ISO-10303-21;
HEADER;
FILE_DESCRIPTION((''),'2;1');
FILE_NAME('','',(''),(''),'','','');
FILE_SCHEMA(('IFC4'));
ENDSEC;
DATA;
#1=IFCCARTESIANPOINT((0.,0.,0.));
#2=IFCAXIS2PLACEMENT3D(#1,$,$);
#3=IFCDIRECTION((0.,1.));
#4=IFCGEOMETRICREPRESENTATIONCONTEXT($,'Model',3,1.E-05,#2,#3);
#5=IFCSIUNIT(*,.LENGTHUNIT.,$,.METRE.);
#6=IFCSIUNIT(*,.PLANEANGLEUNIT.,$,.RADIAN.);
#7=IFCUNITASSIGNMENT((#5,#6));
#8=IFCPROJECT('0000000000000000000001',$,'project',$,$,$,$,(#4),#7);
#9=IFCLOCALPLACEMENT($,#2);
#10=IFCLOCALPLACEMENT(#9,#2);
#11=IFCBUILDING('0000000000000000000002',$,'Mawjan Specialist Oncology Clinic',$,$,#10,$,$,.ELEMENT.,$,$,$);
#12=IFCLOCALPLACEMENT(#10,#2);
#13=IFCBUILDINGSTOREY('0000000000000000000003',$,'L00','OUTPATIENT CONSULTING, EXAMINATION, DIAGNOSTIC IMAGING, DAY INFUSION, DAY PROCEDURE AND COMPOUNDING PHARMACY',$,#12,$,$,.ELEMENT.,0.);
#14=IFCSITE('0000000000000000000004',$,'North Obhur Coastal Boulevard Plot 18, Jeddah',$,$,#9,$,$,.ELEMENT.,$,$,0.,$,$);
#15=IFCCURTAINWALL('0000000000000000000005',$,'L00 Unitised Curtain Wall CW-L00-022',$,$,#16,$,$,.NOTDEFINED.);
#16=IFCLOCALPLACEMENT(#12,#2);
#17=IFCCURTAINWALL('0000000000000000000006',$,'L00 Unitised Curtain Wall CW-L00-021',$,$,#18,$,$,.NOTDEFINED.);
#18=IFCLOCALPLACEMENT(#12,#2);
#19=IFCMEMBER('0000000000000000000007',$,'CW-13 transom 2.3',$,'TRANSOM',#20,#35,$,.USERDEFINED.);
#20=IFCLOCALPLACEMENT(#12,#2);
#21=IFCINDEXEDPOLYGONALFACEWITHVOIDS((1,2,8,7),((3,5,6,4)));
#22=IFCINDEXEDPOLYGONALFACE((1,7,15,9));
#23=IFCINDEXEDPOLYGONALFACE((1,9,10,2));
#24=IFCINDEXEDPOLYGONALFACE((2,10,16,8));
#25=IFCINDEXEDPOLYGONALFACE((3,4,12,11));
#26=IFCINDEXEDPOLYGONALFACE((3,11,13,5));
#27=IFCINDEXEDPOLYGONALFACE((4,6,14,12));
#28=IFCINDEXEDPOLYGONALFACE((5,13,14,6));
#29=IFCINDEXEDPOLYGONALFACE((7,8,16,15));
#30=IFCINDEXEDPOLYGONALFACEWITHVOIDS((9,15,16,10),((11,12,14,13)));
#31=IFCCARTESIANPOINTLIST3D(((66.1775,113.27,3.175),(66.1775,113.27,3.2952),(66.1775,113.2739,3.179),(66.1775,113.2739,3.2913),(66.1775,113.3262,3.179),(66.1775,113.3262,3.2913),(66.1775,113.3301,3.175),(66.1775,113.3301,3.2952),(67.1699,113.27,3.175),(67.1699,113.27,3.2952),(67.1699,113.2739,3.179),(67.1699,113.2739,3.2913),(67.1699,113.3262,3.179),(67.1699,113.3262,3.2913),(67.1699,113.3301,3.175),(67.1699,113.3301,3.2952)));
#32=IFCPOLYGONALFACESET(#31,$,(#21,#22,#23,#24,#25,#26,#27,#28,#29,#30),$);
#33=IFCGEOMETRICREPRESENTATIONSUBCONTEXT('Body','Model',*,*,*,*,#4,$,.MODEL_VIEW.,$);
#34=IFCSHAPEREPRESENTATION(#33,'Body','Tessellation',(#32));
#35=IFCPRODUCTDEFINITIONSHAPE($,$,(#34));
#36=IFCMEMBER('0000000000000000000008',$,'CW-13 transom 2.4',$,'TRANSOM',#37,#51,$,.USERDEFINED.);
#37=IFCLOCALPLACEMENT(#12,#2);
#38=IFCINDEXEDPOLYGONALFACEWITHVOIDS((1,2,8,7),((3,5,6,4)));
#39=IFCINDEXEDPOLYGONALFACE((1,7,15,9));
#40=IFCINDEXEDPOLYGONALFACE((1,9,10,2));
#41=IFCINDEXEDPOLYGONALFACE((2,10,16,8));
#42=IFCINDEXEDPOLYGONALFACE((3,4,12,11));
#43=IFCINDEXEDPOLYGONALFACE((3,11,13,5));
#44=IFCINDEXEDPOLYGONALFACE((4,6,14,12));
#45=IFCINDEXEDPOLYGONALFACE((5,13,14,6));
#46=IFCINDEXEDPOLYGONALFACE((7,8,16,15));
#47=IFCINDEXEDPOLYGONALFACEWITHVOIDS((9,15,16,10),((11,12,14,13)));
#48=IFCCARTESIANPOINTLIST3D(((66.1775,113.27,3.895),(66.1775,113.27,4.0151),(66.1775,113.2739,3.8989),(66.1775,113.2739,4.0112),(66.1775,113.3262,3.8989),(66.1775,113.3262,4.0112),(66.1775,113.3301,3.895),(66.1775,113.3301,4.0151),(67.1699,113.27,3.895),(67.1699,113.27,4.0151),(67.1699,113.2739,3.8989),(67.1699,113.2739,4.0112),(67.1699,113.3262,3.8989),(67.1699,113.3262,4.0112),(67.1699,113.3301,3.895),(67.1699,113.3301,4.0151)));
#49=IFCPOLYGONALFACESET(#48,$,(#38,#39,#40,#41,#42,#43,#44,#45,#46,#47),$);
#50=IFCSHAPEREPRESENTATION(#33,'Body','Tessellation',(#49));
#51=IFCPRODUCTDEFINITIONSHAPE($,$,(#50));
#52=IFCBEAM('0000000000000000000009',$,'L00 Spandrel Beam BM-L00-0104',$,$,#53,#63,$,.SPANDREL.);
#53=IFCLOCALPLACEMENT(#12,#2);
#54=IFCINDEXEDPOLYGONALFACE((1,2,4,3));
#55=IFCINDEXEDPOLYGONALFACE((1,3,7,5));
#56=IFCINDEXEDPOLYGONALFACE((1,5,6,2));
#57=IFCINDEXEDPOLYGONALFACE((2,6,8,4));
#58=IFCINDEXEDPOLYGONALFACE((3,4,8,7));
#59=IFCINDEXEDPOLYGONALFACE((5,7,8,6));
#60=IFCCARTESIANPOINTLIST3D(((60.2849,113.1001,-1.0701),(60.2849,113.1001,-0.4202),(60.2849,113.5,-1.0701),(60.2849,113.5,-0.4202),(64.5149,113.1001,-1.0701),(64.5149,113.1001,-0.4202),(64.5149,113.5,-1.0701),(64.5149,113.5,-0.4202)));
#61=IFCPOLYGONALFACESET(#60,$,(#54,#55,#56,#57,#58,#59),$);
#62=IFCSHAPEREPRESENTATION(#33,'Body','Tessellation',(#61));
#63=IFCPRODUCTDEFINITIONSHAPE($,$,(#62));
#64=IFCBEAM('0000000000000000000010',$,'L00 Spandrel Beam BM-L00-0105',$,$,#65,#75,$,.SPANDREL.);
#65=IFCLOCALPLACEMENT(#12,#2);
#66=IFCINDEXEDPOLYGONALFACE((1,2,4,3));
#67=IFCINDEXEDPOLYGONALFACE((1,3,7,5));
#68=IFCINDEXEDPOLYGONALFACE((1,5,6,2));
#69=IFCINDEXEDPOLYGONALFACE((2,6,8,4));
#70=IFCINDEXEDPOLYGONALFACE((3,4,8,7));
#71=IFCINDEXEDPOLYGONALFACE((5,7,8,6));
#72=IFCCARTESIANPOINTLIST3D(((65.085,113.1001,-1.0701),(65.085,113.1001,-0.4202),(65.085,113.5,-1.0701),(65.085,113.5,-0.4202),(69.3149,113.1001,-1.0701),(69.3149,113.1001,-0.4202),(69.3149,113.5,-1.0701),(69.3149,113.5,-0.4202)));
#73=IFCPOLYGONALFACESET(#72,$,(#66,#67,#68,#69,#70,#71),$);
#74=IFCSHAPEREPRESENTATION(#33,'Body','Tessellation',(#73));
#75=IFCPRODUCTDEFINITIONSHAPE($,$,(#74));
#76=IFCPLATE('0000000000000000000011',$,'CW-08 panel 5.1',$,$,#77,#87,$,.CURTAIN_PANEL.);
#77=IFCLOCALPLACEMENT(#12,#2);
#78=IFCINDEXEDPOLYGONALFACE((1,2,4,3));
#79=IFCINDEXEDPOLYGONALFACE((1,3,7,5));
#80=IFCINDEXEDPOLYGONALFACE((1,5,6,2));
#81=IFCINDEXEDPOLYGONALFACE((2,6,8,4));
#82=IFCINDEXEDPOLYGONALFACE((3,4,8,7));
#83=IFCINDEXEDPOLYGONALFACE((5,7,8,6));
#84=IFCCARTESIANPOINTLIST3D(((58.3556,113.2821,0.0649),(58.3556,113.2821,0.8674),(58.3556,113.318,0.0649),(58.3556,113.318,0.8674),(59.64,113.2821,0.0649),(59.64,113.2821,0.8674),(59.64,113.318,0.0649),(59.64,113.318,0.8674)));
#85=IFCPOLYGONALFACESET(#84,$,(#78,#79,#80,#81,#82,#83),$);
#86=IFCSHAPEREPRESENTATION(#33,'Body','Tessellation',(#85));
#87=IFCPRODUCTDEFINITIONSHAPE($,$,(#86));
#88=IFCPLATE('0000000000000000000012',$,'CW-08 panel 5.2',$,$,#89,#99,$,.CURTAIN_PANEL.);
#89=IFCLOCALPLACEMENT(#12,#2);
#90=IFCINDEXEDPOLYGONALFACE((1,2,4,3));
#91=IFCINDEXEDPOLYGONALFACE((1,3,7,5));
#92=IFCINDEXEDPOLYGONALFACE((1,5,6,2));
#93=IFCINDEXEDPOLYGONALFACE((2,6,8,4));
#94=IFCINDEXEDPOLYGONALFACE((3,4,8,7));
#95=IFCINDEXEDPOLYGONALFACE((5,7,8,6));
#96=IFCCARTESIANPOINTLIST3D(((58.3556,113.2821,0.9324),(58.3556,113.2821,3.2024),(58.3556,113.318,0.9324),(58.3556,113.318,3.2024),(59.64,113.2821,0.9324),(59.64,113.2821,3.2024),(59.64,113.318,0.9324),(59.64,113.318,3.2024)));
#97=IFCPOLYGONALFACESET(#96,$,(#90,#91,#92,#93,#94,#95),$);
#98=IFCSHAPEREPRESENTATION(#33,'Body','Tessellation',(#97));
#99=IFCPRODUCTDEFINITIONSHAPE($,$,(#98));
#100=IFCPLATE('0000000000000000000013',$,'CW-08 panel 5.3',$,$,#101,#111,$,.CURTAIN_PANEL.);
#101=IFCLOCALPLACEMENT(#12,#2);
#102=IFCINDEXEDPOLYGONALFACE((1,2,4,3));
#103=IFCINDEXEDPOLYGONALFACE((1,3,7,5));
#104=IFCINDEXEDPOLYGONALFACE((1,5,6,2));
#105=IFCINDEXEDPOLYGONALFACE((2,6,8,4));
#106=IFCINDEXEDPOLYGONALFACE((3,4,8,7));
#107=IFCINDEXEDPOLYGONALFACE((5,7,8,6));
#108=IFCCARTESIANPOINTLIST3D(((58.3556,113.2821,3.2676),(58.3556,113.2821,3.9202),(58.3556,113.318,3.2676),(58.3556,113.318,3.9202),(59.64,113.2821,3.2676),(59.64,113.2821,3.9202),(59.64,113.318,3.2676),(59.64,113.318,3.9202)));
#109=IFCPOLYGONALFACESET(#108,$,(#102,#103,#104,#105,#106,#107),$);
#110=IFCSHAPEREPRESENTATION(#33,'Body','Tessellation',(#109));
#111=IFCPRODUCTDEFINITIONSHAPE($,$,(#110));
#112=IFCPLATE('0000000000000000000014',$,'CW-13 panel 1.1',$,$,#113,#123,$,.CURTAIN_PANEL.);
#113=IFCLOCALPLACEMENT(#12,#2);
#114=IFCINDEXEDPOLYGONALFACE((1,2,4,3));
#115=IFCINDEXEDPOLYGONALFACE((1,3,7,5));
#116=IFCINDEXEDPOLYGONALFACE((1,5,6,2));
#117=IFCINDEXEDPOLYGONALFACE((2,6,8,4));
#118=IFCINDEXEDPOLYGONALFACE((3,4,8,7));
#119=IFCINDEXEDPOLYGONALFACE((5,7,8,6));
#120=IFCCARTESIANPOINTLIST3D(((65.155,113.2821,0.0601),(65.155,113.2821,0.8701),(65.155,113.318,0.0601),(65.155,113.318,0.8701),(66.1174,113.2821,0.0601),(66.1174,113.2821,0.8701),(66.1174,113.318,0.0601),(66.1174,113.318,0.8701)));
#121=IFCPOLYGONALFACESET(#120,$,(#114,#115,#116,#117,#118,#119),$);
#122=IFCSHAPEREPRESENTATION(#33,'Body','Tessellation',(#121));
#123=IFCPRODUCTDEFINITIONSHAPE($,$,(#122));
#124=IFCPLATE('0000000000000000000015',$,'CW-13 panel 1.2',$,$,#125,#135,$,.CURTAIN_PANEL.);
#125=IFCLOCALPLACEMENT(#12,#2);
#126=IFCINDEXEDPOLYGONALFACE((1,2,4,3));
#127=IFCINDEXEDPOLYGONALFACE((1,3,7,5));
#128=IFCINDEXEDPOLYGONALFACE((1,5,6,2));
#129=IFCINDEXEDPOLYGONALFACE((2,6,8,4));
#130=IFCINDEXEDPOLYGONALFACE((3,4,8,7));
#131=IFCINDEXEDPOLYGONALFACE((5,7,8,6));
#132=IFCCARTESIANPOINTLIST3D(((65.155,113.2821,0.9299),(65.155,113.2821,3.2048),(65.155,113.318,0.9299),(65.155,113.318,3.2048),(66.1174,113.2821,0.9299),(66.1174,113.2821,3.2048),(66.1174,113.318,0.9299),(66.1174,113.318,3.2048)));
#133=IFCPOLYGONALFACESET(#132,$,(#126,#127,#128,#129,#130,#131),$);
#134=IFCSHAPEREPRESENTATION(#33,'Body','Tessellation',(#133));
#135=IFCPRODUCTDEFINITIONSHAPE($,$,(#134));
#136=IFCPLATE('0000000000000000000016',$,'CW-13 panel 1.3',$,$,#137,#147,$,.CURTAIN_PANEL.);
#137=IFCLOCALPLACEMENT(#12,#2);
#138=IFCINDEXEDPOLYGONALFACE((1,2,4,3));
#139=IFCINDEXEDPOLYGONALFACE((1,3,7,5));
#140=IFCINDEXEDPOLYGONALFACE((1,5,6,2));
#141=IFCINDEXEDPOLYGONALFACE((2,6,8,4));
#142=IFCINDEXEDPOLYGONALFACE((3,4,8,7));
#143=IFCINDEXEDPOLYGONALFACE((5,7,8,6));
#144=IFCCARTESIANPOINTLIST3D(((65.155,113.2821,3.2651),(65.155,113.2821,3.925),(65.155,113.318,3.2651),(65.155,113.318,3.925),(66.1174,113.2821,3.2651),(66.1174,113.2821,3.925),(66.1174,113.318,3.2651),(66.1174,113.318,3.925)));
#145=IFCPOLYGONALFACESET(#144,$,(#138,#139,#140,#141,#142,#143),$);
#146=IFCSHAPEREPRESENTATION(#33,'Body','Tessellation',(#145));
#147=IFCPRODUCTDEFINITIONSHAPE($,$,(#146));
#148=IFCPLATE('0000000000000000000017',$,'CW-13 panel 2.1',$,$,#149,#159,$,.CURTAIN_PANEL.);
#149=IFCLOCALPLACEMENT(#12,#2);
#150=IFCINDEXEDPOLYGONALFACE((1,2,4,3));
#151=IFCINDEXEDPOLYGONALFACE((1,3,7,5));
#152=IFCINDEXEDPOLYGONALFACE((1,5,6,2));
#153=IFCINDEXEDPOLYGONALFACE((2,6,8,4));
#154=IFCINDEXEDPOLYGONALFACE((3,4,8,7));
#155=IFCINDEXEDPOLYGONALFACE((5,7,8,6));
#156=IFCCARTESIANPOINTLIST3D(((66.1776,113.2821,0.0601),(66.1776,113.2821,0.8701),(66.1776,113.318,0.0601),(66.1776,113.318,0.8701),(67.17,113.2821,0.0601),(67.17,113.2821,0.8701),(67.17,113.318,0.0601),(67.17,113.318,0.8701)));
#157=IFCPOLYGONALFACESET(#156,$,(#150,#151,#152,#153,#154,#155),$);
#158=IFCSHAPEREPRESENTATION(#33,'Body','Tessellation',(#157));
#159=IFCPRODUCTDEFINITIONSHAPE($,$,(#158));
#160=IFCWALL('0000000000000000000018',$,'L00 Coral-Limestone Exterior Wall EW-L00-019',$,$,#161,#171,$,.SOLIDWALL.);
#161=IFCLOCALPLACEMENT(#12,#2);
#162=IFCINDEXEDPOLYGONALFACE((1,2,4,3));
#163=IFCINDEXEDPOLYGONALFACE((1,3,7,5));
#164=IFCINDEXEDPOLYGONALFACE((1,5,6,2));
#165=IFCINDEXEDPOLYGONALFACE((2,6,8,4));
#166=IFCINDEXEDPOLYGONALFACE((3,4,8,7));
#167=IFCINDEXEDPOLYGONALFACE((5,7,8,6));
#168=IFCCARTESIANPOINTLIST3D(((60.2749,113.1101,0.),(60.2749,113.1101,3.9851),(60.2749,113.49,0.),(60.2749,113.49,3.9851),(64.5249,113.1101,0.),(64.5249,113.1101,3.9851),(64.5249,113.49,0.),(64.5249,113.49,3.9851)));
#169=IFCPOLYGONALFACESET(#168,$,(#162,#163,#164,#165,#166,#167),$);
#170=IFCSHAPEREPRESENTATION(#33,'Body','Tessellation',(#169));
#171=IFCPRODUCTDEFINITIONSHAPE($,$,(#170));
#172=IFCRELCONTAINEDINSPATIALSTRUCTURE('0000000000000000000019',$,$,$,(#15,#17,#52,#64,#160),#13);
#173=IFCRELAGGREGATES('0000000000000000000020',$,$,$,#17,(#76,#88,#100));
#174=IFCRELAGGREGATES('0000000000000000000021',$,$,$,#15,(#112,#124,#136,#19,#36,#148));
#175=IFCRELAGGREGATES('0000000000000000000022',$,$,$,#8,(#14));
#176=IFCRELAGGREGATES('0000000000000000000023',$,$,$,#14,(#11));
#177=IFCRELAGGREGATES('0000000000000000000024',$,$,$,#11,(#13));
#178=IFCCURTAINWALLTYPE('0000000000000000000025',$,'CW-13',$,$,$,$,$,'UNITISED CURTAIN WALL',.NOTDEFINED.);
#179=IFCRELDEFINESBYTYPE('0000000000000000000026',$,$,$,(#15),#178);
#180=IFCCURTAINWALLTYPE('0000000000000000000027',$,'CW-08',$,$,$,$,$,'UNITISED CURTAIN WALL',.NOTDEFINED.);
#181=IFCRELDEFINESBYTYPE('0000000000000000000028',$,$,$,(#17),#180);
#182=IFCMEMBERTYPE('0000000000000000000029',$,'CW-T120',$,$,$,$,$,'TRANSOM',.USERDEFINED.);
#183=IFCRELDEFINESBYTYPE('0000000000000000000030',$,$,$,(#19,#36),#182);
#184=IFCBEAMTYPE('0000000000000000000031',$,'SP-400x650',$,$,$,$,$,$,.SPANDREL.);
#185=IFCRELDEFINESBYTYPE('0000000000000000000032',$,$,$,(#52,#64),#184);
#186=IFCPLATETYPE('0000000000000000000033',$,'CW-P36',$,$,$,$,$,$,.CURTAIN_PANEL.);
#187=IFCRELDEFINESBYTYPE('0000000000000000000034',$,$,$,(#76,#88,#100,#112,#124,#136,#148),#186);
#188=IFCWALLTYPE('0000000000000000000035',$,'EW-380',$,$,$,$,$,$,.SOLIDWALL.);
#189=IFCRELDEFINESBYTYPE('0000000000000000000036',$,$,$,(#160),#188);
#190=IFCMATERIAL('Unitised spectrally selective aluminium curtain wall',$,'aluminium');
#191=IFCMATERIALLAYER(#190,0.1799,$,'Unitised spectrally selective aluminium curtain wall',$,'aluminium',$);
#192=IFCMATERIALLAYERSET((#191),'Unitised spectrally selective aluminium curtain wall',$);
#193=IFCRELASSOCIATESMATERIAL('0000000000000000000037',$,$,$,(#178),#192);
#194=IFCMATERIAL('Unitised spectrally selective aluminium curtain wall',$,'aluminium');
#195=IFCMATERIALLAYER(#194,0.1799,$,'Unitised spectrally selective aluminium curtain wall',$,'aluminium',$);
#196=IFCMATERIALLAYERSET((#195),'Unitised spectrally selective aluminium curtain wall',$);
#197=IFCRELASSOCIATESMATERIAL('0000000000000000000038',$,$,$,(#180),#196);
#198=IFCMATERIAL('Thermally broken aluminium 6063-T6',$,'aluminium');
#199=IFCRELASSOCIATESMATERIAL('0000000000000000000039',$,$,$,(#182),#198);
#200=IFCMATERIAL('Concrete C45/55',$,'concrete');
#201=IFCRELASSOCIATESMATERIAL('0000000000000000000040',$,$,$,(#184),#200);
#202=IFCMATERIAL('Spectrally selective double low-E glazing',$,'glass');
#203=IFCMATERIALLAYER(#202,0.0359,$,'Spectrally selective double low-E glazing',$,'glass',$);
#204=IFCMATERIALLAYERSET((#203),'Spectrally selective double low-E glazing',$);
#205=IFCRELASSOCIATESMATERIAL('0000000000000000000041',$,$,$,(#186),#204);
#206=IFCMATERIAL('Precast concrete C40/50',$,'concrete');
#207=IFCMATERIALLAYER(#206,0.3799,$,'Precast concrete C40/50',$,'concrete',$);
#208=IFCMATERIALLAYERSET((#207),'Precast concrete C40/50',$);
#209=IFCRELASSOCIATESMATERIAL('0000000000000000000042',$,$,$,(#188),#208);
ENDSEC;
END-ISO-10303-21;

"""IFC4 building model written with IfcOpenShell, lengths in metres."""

from ifc_helpers import new_model, si_unit, direction, frame, frame_2d, origin, origin_2d, place, context, subcontext, project, spatial, rectangle, hollow_rectangle, extrude, material, layer, layer_set, material_profile, profile_set, type_object, element, aggregate, save


model = new_model("IFC4")

# Units and contexts
model_context = context("Model", 3, precision=1e-05, world=origin(), true_north=direction((0.0, 1.0)))
body_context = subcontext(model_context, "Body", "Model", "MODEL_VIEW")
ifc_project = project(units=[si_unit("LENGTHUNIT", "METRE"), si_unit("PLANEANGLEUNIT", "RADIAN")], contexts=[model_context])

# Site, building, storey
site_placement = place(None, origin())
site = spatial("IfcSite", under=ifc_project, at=site_placement, Name="North Obhur Coastal Boulevard Plot 18, Jeddah", CompositionType="ELEMENT", RefElevation=0.0)
building_placement = place(site_placement, origin())
building = spatial("IfcBuilding", under=site, at=building_placement, Name="Mawjan Specialist Oncology Clinic", CompositionType="ELEMENT")
storey_placement = place(building_placement, origin())
storey = spatial("IfcBuildingStorey", under=building, at=storey_placement, Name="L00", Description="OUTPATIENT CONSULTING, EXAMINATION, DIAGNOSTIC IMAGING, DAY INFUSION, DAY PROCEDURE AND COMPOUNDING PHARMACY", CompositionType="ELEMENT", Elevation=0.0)

# Curtain wall
ifc_material_1 = material(Name="Unitised spectrally selective aluminium curtain wall", Category="aluminium")
ifc_layer_1 = layer(ifc_material_1, 0.1799, Name="Unitised spectrally selective aluminium curtain wall", Category="aluminium")
ifc_layer_set_1 = layer_set([ifc_layer_1], Name="Unitised spectrally selective aluminium curtain wall")
curtain_wall_type_1 = type_object("IfcCurtainWallType", Name="CW-13", ElementType="UNITISED CURTAIN WALL", PredefinedType="NOTDEFINED", material=ifc_layer_set_1)
curtain_wall_1_placement = place(storey_placement, origin())
curtain_wall_1 = element("IfcCurtainWall", 1, at=curtain_wall_1_placement, inside=storey, type_object=curtain_wall_type_1, Name="L00 Unitised Curtain Wall CW-L00-022", PredefinedType="NOTDEFINED")

# Curtain wall
ifc_material_2 = material(Name="Unitised spectrally selective aluminium curtain wall", Category="aluminium")
ifc_layer_2 = layer(ifc_material_2, 0.1799, Name="Unitised spectrally selective aluminium curtain wall", Category="aluminium")
ifc_layer_set_2 = layer_set([ifc_layer_2], Name="Unitised spectrally selective aluminium curtain wall")
curtain_wall_type_2 = type_object("IfcCurtainWallType", Name="CW-08", ElementType="UNITISED CURTAIN WALL", PredefinedType="NOTDEFINED", material=ifc_layer_set_2)
curtain_wall_2_placement = place(storey_placement, origin())
curtain_wall_2 = element("IfcCurtainWall", 2, at=curtain_wall_2_placement, inside=storey, type_object=curtain_wall_type_2, Name="L00 Unitised Curtain Wall CW-L00-021", PredefinedType="NOTDEFINED")

# Members
ifc_material_3 = material(Name="Thermally broken aluminium 6063-T6", Category="aluminium")
ifc_material_profile_1 = material_profile(ifc_material_3, hollow_rectangle(XDim=0.0601, YDim=0.1201, WallThickness=0.0039, at=origin_2d()), Name="ALU TRANSOM 120x60x4", Category="aluminium")
ifc_profile_set_1 = profile_set([ifc_material_profile_1], Name="Thermally broken aluminium 6063-T6")
member_type_1 = type_object("IfcMemberType", Name="CW-T120", ElementType="TRANSOM", PredefinedType="USERDEFINED", material=ifc_profile_set_1)
member_1_placement = place(storey_placement, frame((66.1775, 113.3, 3.2351), z_axis=(1.0, 0.0, 0.0), x_axis=(0.0, 1.0, 0.0)))
member_1 = element("IfcMember", 3, at=member_1_placement, type_object=member_type_1, Name="CW-13 transom 2.3", ObjectType="TRANSOM", PredefinedType="USERDEFINED", context=body_context, shape_type="SweptSolid", body=[
    extrude(hollow_rectangle(XDim=0.0601, YDim=0.1201, WallThickness=0.0039, at=origin_2d()), origin(), (0.0, 0.0, 1.0), 0.9924),
])
member_2_placement = place(storey_placement, frame((66.1775, 113.3, 3.9551), z_axis=(1.0, 0.0, 0.0), x_axis=(0.0, 1.0, 0.0)))
member_2 = element("IfcMember", 4, at=member_2_placement, type_object=member_type_1, Name="CW-13 transom 2.4", ObjectType="TRANSOM", PredefinedType="USERDEFINED", context=body_context, shape_type="SweptSolid", body=[
    extrude(hollow_rectangle(XDim=0.0601, YDim=0.1201, WallThickness=0.0039, at=origin_2d()), origin(), (0.0, 0.0, 1.0), 0.9924),
])

# Beams
ifc_material_4 = material(Name="Concrete C45/55", Category="concrete")
ifc_material_profile_2 = material_profile(ifc_material_4, rectangle(XDim=0.3999, YDim=0.6499, at=origin_2d()), Name="RC BM 400x650", Category="concrete")
ifc_profile_set_2 = profile_set([ifc_material_profile_2], Name="Concrete C45/55")
beam_type = type_object("IfcBeamType", Name="SP-400x650", PredefinedType="SPANDREL", material=ifc_profile_set_2)
for number, where, z_axis, x_axis, name in (
    (5, (60.2849, 113.3, -0.7451), (1.0, 0.0, 0.0), (0.0, 1.0, 0.0), "L00 Spandrel Beam BM-L00-0104"),
    (6, (65.085, 113.3, -0.7451), (1.0, 0.0, 0.0), (0.0, 1.0, 0.0), "L00 Spandrel Beam BM-L00-0105"),
):
    element("IfcBeam", number, at=place(storey_placement, frame(where, z_axis=z_axis, x_axis=x_axis)), inside=storey, type_object=beam_type, Name=name, PredefinedType="SPANDREL", context=body_context, shape_type="SweptSolid", body=[
        extrude(rectangle(XDim=0.3999, YDim=0.6499, at=origin_2d()), origin(), (0.0, 0.0, 1.0), 4.23),
    ])

# Plates
ifc_material_5 = material(Name="Spectrally selective double low-E glazing", Category="glass")
ifc_layer_3 = layer(ifc_material_5, 0.0359, Name="Spectrally selective double low-E glazing", Category="glass")
ifc_layer_set_3 = layer_set([ifc_layer_3], Name="Spectrally selective double low-E glazing")
plate_type = type_object("IfcPlateType", Name="CW-P36", PredefinedType="CURTAIN_PANEL", material=ifc_layer_set_3)
plate_1_placement = place(storey_placement, frame((58.9978, 113.3, 0.0649), z_axis=(0.0, 0.0, 1.0), x_axis=(1.0, 0.0, 0.0)))
plate_1 = element("IfcPlate", 7, at=plate_1_placement, type_object=plate_type, Name="CW-08 panel 5.1", PredefinedType="CURTAIN_PANEL", context=body_context, shape_type="SweptSolid", body=[
    extrude(rectangle(XDim=1.2844, YDim=0.0359, at=origin_2d()), origin(), (0.0, 0.0, 1.0), 0.8025),
])
plate_2_placement = place(storey_placement, frame((58.9978, 113.3, 0.9324), z_axis=(0.0, 0.0, 1.0), x_axis=(1.0, 0.0, 0.0)))
plate_2 = element("IfcPlate", 8, at=plate_2_placement, type_object=plate_type, Name="CW-08 panel 5.2", PredefinedType="CURTAIN_PANEL", context=body_context, shape_type="SweptSolid", body=[
    extrude(rectangle(XDim=1.2844, YDim=0.0359, at=origin_2d()), origin(), (0.0, 0.0, 1.0), 2.27),
])
plate_3_placement = place(storey_placement, frame((58.9978, 113.3, 3.2676), z_axis=(0.0, 0.0, 1.0), x_axis=(1.0, 0.0, 0.0)))
plate_3 = element("IfcPlate", 9, at=plate_3_placement, type_object=plate_type, Name="CW-08 panel 5.3", PredefinedType="CURTAIN_PANEL", context=body_context, shape_type="SweptSolid", body=[
    extrude(rectangle(XDim=1.2844, YDim=0.0359, at=origin_2d()), origin(), (0.0, 0.0, 1.0), 0.6526),
])
aggregate(curtain_wall_2, [plate_1, plate_2, plate_3])
plate_4_placement = place(storey_placement, frame((65.6362, 113.3, 0.0601), z_axis=(0.0, 0.0, 1.0), x_axis=(1.0, 0.0, 0.0)))
plate_4 = element("IfcPlate", 10, at=plate_4_placement, type_object=plate_type, Name="CW-13 panel 1.1", PredefinedType="CURTAIN_PANEL", context=body_context, shape_type="SweptSolid", body=[
    extrude(rectangle(XDim=0.9624, YDim=0.0359, at=origin_2d()), origin(), (0.0, 0.0, 1.0), 0.8101),
])
plate_5_placement = place(storey_placement, frame((65.6362, 113.3, 0.9299), z_axis=(0.0, 0.0, 1.0), x_axis=(1.0, 0.0, 0.0)))
plate_5 = element("IfcPlate", 11, at=plate_5_placement, type_object=plate_type, Name="CW-13 panel 1.2", PredefinedType="CURTAIN_PANEL", context=body_context, shape_type="SweptSolid", body=[
    extrude(rectangle(XDim=0.9624, YDim=0.0359, at=origin_2d()), origin(), (0.0, 0.0, 1.0), 2.2749),
])
plate_6_placement = place(storey_placement, frame((65.6362, 113.3, 3.2651), z_axis=(0.0, 0.0, 1.0), x_axis=(1.0, 0.0, 0.0)))
plate_6 = element("IfcPlate", 12, at=plate_6_placement, type_object=plate_type, Name="CW-13 panel 1.3", PredefinedType="CURTAIN_PANEL", context=body_context, shape_type="SweptSolid", body=[
    extrude(rectangle(XDim=0.9624, YDim=0.0359, at=origin_2d()), origin(), (0.0, 0.0, 1.0), 0.6599),
])
plate_7_placement = place(storey_placement, frame((66.6738, 113.3, 0.0601), z_axis=(0.0, 0.0, 1.0), x_axis=(1.0, 0.0, 0.0)))
plate_7 = element("IfcPlate", 13, at=plate_7_placement, type_object=plate_type, Name="CW-13 panel 2.1", PredefinedType="CURTAIN_PANEL", context=body_context, shape_type="SweptSolid", body=[
    extrude(rectangle(XDim=0.9924, YDim=0.0359, at=origin_2d()), origin(), (0.0, 0.0, 1.0), 0.8101),
])
aggregate(curtain_wall_1, [plate_4, plate_5, plate_6, member_1, member_2, plate_7])

# Wall
ifc_material_6 = material(Name="Precast concrete C40/50", Category="concrete")
ifc_layer_4 = layer(ifc_material_6, 0.3799, Name="Precast concrete C40/50", Category="concrete")
ifc_layer_set_4 = layer_set([ifc_layer_4], Name="Precast concrete C40/50")
wall_type = type_object("IfcWallType", Name="EW-380", PredefinedType="SOLIDWALL", material=ifc_layer_set_4)
wall_placement = place(storey_placement, frame((60.2749, 113.3, 0.0), z_axis=(0.0, 0.0, 1.0), x_axis=(1.0, 0.0, 0.0)))
element("IfcWall", 14, at=wall_placement, inside=storey, type_object=wall_type, Name="L00 Coral-Limestone Exterior Wall EW-L00-019", PredefinedType="SOLIDWALL", context=body_context, shape_type="SweptSolid", body=[
    extrude(rectangle(XDim=4.25, YDim=0.3799, at=frame_2d((2.125, 0.0))), origin(), (0.0, 0.0, 1.0), 3.9851),
])

save(model, "model.ifc")
